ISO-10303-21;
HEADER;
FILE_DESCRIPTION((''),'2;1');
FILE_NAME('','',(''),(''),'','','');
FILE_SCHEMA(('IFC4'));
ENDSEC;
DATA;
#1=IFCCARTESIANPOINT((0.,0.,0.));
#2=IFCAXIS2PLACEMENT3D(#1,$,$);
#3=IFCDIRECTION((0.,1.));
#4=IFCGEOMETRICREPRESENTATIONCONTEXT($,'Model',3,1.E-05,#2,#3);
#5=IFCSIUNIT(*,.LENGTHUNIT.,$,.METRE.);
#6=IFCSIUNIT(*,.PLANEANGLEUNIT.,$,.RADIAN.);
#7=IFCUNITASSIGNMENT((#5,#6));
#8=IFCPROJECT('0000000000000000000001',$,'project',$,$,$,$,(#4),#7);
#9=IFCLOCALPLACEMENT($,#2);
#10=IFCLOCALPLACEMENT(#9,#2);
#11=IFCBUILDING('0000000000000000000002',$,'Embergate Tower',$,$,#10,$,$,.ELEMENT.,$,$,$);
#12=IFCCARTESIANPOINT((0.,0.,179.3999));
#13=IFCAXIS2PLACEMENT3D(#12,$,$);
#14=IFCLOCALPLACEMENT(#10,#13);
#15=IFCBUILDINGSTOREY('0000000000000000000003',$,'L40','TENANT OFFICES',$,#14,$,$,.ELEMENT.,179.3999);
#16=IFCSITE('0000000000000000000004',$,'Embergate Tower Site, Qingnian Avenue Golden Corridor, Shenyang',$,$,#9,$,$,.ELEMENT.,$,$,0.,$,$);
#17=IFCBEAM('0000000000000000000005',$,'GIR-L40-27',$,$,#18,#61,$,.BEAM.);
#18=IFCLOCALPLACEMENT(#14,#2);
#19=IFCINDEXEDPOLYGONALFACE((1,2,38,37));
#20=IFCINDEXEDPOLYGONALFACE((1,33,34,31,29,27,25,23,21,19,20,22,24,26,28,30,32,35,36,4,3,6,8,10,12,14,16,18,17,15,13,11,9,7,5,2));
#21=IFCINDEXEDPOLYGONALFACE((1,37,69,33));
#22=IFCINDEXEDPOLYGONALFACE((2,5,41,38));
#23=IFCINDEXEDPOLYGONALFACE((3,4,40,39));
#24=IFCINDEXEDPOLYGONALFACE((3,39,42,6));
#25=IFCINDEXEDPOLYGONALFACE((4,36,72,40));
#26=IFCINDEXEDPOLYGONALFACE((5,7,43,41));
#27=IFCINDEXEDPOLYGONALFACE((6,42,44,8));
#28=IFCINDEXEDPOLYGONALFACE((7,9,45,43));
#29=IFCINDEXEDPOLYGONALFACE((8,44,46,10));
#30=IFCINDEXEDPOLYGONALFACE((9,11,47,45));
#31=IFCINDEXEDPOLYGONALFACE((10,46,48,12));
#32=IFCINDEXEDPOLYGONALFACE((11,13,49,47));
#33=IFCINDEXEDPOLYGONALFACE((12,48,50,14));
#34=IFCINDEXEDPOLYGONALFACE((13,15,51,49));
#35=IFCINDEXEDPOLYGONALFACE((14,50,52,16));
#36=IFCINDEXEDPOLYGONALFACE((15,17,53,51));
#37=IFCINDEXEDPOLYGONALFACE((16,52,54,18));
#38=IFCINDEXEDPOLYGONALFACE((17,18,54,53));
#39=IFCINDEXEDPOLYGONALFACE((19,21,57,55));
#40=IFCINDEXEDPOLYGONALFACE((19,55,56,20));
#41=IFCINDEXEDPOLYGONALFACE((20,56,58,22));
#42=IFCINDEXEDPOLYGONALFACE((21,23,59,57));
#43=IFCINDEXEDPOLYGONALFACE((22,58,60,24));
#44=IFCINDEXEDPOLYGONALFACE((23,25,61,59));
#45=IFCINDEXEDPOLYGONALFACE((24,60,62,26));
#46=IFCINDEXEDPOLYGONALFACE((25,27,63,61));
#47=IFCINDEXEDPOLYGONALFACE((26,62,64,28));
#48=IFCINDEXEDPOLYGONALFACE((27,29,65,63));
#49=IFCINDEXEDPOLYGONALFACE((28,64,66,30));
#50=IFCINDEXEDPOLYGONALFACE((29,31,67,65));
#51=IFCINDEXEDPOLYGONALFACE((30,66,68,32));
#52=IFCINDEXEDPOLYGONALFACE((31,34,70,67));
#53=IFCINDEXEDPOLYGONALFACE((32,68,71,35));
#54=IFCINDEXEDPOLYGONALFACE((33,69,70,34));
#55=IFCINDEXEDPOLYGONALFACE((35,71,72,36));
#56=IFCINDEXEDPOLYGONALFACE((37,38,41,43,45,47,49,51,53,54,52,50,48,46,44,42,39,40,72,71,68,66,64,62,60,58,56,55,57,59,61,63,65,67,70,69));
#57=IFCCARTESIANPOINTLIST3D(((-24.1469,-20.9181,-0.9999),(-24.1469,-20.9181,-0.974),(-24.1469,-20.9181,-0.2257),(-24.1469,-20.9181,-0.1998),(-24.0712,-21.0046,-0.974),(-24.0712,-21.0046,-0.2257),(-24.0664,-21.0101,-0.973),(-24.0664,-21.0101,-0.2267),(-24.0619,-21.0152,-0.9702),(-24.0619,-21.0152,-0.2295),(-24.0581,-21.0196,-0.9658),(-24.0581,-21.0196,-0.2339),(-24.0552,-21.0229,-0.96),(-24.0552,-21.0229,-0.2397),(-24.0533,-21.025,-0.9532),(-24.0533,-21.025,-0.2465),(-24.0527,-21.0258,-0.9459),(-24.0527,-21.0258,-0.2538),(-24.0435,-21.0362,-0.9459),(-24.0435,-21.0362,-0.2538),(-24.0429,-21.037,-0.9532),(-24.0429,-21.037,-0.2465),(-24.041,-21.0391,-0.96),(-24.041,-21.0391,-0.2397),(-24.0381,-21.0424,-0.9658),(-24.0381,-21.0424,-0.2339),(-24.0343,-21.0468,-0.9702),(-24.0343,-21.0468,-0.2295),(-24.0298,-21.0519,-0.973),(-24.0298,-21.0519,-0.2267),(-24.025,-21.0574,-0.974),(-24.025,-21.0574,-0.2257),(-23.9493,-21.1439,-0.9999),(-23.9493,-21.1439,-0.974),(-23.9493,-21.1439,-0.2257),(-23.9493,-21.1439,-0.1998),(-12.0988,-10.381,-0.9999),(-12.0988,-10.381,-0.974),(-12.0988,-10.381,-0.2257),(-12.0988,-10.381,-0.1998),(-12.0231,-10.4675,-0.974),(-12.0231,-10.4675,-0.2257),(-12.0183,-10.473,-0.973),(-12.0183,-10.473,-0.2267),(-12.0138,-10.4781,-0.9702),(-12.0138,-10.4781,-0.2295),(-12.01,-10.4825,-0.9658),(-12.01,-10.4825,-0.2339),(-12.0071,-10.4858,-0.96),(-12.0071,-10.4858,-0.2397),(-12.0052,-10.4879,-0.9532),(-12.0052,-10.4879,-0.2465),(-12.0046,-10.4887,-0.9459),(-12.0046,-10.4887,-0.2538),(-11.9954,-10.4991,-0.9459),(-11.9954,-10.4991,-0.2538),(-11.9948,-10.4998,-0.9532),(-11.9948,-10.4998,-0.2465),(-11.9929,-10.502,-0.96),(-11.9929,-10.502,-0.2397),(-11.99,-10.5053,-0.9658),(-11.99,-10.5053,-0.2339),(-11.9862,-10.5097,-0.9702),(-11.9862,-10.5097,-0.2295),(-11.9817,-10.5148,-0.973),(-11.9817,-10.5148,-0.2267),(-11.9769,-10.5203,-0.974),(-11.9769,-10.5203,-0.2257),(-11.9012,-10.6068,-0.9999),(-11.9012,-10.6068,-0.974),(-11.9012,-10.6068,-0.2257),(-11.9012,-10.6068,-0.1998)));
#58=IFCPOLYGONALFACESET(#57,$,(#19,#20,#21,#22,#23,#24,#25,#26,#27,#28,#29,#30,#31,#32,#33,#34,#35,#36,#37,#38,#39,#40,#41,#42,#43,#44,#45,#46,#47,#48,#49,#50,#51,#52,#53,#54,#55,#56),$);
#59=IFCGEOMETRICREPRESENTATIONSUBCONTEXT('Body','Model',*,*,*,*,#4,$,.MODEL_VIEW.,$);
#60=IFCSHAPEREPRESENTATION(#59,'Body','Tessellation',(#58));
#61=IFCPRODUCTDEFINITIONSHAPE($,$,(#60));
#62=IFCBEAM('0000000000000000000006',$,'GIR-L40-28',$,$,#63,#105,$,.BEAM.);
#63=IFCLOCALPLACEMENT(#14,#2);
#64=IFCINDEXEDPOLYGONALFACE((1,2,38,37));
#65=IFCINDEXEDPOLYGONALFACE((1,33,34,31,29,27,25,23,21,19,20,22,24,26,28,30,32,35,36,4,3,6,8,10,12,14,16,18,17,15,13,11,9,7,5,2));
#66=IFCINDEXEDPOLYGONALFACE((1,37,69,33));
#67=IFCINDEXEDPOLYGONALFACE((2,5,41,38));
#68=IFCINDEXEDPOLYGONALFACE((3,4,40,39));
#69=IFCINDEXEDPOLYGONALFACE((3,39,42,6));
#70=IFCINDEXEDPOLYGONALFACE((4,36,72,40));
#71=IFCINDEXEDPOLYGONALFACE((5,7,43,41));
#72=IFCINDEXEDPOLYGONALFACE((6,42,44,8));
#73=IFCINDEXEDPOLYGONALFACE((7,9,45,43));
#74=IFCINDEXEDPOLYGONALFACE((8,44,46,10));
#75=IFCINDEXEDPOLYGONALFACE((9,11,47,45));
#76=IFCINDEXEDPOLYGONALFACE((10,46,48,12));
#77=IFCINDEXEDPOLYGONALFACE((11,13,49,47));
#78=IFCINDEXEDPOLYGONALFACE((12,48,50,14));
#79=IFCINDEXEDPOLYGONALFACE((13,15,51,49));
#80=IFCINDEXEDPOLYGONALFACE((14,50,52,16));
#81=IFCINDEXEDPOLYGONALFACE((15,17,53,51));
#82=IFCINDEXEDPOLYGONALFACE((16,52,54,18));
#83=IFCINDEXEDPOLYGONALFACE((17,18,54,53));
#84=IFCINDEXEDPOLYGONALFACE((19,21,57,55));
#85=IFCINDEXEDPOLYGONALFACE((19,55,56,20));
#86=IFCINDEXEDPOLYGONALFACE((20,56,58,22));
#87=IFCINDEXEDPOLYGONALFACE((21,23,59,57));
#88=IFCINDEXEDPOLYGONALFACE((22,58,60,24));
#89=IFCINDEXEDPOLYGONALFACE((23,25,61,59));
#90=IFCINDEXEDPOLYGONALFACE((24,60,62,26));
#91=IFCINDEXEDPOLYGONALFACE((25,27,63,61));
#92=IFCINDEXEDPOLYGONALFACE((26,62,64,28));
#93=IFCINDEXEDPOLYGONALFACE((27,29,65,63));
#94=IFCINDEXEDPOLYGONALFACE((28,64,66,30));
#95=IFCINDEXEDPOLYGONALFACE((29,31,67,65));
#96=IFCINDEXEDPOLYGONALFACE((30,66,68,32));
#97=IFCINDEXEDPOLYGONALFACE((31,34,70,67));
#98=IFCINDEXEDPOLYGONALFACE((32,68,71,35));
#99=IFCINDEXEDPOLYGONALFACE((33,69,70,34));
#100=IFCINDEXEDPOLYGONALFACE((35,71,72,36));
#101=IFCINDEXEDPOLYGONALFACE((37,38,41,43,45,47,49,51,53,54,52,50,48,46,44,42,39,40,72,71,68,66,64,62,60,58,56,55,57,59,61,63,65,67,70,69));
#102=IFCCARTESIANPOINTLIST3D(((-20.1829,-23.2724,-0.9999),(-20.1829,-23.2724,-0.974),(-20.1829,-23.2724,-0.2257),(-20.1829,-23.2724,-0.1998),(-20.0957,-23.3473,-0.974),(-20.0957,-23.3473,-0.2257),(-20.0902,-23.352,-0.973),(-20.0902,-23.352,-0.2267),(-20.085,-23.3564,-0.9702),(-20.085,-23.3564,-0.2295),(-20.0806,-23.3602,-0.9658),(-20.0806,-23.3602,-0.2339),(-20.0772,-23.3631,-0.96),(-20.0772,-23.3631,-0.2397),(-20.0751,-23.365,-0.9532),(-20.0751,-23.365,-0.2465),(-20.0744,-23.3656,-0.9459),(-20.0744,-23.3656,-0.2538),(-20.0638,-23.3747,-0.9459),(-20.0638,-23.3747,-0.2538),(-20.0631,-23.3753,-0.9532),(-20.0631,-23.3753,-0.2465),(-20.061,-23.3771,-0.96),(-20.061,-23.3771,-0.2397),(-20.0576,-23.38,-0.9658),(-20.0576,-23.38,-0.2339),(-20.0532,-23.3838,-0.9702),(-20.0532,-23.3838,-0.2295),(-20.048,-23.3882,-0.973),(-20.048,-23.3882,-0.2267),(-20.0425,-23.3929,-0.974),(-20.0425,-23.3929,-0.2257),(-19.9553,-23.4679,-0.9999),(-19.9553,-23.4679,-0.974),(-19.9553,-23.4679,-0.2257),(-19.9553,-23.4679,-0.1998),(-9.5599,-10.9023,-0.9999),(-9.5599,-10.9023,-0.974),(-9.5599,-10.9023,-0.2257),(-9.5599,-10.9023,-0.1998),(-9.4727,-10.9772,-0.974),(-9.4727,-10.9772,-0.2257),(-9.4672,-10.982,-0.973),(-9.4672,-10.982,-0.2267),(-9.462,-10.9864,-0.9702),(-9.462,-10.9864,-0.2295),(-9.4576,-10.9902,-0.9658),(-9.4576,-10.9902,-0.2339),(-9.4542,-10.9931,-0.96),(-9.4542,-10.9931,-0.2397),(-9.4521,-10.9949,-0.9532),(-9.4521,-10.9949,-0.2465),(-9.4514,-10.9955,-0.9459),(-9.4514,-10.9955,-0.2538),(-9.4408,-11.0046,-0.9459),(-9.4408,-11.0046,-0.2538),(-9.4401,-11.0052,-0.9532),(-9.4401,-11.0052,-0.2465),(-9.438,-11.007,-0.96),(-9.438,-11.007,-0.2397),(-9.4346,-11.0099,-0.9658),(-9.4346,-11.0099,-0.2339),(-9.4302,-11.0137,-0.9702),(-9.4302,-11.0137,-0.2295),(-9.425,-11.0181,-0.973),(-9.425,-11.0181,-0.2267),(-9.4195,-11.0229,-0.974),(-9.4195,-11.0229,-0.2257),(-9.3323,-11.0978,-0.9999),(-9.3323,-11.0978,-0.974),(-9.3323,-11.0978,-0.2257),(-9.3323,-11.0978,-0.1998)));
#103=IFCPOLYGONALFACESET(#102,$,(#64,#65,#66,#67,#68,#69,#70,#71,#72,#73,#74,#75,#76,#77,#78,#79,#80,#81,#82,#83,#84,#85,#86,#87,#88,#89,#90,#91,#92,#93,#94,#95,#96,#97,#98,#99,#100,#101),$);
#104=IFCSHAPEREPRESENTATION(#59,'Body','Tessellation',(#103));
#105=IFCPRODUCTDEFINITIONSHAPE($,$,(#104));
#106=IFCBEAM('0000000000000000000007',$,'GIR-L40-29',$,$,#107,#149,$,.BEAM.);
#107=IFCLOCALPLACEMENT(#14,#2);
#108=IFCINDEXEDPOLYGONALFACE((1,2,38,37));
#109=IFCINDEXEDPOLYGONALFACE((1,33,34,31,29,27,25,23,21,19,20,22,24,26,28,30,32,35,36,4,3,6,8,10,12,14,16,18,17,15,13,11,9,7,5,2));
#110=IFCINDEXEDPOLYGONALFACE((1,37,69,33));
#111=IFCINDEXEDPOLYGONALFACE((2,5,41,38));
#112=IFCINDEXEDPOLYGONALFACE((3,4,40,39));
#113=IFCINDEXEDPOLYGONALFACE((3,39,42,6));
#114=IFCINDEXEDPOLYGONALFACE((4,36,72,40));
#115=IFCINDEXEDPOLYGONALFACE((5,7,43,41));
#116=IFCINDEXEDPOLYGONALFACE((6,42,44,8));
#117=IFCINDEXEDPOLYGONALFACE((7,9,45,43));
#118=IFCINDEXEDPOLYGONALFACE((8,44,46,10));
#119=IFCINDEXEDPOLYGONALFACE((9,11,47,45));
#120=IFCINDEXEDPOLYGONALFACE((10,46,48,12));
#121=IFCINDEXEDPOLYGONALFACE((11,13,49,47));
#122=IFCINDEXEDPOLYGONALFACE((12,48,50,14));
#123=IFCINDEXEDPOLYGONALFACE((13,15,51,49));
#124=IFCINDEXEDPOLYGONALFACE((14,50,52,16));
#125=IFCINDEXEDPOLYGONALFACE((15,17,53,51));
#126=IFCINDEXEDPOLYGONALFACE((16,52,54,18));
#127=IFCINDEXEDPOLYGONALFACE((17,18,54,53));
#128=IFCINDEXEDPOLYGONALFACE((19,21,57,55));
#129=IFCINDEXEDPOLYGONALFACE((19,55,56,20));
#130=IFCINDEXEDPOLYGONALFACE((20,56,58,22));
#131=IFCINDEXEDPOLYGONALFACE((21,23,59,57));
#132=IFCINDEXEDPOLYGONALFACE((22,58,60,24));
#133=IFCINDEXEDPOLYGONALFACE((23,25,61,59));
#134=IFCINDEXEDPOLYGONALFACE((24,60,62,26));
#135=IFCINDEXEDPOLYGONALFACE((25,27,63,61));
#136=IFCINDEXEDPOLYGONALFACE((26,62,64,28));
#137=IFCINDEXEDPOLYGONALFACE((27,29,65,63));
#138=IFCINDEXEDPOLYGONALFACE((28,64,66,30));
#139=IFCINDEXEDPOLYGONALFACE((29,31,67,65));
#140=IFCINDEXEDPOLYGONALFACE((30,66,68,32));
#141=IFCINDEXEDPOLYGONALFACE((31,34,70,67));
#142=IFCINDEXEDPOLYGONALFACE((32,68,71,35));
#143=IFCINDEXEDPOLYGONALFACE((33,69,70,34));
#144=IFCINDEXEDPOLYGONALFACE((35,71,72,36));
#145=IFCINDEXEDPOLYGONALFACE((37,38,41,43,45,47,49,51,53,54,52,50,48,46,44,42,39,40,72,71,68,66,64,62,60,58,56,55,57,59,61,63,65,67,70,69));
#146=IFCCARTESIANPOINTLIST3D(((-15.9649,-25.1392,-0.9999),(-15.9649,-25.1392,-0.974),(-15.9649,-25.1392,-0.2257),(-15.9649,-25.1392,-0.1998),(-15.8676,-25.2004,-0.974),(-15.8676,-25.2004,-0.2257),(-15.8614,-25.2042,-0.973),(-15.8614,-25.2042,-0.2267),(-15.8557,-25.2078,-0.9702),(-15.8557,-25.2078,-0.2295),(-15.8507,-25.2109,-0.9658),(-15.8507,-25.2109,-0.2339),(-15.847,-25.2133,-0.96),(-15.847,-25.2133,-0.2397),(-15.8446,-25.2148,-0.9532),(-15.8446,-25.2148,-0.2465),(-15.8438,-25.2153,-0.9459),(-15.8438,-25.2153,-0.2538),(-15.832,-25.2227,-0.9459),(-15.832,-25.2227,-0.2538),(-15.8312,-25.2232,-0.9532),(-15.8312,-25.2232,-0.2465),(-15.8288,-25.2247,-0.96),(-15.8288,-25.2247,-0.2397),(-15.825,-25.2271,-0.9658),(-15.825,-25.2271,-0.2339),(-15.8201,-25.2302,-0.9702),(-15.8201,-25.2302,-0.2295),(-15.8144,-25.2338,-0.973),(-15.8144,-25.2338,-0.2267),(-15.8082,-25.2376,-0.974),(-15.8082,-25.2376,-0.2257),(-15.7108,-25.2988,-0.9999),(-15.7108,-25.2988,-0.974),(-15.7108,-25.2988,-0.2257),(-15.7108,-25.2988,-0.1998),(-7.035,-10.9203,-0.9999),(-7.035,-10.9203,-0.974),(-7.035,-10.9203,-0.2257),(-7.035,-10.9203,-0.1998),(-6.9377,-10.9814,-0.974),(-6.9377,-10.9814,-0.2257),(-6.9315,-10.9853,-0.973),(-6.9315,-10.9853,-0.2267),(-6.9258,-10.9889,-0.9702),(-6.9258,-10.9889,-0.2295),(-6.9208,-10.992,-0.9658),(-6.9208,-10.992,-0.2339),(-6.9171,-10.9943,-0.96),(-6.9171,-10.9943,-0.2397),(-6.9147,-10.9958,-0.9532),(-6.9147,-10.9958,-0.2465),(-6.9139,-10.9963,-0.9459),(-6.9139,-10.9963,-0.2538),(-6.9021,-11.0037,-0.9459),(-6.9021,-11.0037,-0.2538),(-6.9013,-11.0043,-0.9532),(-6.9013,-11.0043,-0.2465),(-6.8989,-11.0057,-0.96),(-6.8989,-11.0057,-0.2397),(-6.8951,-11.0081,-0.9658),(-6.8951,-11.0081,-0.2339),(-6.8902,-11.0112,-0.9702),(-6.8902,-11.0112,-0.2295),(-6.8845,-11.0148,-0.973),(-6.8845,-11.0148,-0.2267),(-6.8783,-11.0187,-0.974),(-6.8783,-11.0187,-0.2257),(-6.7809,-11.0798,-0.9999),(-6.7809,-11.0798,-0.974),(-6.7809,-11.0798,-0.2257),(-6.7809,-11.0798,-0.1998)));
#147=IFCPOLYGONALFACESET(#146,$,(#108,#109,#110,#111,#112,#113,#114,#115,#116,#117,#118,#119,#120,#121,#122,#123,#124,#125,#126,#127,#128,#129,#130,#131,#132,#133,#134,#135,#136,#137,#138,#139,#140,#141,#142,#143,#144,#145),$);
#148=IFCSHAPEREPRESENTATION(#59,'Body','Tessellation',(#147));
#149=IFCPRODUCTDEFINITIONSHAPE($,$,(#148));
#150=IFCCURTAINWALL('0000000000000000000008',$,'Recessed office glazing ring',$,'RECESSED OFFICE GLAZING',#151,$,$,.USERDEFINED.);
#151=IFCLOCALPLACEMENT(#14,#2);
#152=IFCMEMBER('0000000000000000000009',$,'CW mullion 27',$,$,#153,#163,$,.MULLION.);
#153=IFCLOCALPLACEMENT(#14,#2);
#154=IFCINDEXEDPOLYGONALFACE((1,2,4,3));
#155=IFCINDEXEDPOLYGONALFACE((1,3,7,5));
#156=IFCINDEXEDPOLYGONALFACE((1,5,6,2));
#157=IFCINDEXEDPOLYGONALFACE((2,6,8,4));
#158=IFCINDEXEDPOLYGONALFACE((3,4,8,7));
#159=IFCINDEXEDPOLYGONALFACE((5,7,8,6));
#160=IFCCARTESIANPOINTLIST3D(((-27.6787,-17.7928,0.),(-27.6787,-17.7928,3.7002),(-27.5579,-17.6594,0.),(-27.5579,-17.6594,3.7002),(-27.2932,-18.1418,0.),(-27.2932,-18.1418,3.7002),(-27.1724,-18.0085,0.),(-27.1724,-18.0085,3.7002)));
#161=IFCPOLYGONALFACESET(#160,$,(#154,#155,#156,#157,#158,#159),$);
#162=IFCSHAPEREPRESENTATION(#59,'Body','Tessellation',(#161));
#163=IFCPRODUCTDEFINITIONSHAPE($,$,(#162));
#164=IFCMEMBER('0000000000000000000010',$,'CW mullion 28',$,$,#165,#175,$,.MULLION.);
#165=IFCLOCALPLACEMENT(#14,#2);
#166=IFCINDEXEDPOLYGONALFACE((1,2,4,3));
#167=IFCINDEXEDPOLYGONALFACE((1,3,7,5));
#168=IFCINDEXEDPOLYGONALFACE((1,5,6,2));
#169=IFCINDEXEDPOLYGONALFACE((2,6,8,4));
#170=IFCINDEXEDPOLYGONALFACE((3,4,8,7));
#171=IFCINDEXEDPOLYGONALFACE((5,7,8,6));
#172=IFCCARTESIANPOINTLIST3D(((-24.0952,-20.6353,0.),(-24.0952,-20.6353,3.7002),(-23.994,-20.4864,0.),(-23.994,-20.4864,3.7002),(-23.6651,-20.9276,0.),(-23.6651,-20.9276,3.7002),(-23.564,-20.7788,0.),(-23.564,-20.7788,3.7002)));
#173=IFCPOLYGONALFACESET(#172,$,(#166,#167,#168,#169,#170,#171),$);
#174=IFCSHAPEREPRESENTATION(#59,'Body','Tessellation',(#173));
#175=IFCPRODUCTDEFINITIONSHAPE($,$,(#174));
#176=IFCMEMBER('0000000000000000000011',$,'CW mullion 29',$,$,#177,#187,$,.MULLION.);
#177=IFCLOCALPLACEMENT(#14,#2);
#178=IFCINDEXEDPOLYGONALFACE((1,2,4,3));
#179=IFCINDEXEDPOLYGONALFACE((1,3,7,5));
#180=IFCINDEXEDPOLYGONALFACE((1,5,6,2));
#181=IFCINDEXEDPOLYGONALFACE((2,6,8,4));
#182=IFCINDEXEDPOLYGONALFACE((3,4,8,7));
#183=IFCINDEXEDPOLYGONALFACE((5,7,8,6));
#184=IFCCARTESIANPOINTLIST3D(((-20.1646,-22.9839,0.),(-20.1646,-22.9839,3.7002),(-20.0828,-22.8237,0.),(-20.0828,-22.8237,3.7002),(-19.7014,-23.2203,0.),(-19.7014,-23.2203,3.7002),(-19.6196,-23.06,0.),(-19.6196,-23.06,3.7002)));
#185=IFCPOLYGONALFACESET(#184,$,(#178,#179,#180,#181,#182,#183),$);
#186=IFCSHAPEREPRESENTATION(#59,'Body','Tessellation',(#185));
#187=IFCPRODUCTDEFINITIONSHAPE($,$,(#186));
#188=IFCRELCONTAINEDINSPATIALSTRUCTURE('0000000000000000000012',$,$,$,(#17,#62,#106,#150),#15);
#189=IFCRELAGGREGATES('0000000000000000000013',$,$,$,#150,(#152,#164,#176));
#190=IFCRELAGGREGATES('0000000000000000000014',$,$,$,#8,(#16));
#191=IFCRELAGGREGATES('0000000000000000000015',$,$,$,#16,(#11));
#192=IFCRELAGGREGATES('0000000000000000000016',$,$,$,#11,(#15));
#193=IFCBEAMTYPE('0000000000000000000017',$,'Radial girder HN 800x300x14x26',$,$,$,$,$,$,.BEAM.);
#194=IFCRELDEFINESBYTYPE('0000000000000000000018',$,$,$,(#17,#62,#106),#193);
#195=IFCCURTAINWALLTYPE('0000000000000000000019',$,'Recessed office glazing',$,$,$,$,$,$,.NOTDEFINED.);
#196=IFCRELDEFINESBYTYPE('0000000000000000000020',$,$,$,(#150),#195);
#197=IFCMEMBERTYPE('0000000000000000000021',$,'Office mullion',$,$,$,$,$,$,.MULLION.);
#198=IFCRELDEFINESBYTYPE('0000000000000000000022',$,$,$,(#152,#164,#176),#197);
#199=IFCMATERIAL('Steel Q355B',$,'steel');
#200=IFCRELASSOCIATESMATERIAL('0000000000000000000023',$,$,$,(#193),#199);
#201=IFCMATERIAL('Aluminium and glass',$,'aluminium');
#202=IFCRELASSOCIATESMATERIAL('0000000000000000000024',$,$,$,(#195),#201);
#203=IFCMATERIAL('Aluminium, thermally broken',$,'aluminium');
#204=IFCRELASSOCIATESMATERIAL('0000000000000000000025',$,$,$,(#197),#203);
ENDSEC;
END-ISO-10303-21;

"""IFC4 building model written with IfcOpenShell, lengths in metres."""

from ifc_helpers import new_model, si_unit, direction, frame, origin, origin_2d, place, context, subcontext, project, spatial, rectangle, i_section, extrude, source, transform, mapped, material, material_profile, profile_set, type_object, element, aggregate, save


model = new_model("IFC4")

# Units and contexts
model_context = context("Model", 3, precision=1e-05, world=origin(), true_north=direction((0.0, 1.0)))
body_context = subcontext(model_context, "Body", "Model", "MODEL_VIEW")
ifc_project = project(units=[si_unit("LENGTHUNIT", "METRE"), si_unit("PLANEANGLEUNIT", "RADIAN")], contexts=[model_context])

# Site, building, storey
site_placement = place(None, origin())
site = spatial("IfcSite", under=ifc_project, at=site_placement, Name="Embergate Tower Site, Qingnian Avenue Golden Corridor, Shenyang", CompositionType="ELEMENT", RefElevation=0.0)
building_placement = place(site_placement, origin())
building = spatial("IfcBuilding", under=site, at=building_placement, Name="Embergate Tower", CompositionType="ELEMENT")
storey_placement = place(building_placement, frame((0.0, 0.0, 179.3999)))
storey = spatial("IfcBuildingStorey", under=building, at=storey_placement, Name="L40", Description="TENANT OFFICES", CompositionType="ELEMENT", Elevation=179.3999)

# Beams
ifc_material_1 = material(Name="Steel Q355B", Category="steel")
ifc_material_profile_1 = material_profile(ifc_material_1, i_section(OverallWidth=0.3, OverallDepth=0.8, WebThickness=0.0139, FlangeThickness=0.0259, FilletRadius=0.0281, at=origin_2d()), Name="HN 800x300x14x26")
ifc_profile_set_1 = profile_set([ifc_material_profile_1], Name="Steel Q355 grade B")
beam_type_1 = type_object("IfcBeamType", Name="Radial girder HN 800x300x14x26", PredefinedType="BEAM", material=ifc_profile_set_1)
shared_shape_1 = source(origin(), body_context, "Body", "SweptSolid", [
    extrude(i_section(OverallWidth=0.3, OverallDepth=0.8, WebThickness=0.0139, FlangeThickness=0.0259, FilletRadius=0.0281, at=origin_2d()), origin(), (0.0, 0.0, 1.0), 16.0059),
])
beam_1_placement = place(storey_placement, frame((-24.0481, -21.031, -0.5999), z_axis=(0.752731, 0.658329, 0.0), x_axis=(-0.658329, 0.752731, 0.0)))
element("IfcBeam", 1, at=beam_1_placement, inside=storey, type_object=beam_type_1, Name="GIR-L40-27", PredefinedType="BEAM", context=body_context, shape_type="MappedRepresentation", body=[
    mapped(shared_shape_1, transform((0.0, 0.0, 0.0))),
])
shared_shape_2 = source(origin(), body_context, "Body", "SweptSolid", [
    extrude(i_section(OverallWidth=0.3, OverallDepth=0.8, WebThickness=0.0139, FlangeThickness=0.0259, FilletRadius=0.0281, at=origin_2d()), origin(), (0.0, 0.0, 1.0), 16.3054),
])
beam_2_placement = place(storey_placement, frame((-20.0691, -23.3701, -0.5999), z_axis=(0.651501, 0.758647, 0.0), x_axis=(-0.758647, 0.651501, 0.0)))
element("IfcBeam", 2, at=beam_2_placement, inside=storey, type_object=beam_type_1, Name="GIR-L40-28", PredefinedType="BEAM", context=body_context, shape_type="MappedRepresentation", body=[
    mapped(shared_shape_2, transform((0.0, 0.0, 0.0))),
])
shared_shape_3 = source(origin(), body_context, "Body", "SweptSolid", [
    extrude(i_section(OverallWidth=0.3, OverallDepth=0.8, WebThickness=0.0139, FlangeThickness=0.0259, FilletRadius=0.0281, at=origin_2d()), origin(), (0.0, 0.0, 1.0), 16.7905),
])
beam_3_placement = place(storey_placement, frame((-15.8379, -25.219, -0.5999), z_axis=(0.531842, 0.846844, 0.0), x_axis=(-0.846844, 0.531842, 0.0)))
element("IfcBeam", 3, at=beam_3_placement, inside=storey, type_object=beam_type_1, Name="GIR-L40-29", PredefinedType="BEAM", context=body_context, shape_type="MappedRepresentation", body=[
    mapped(shared_shape_3, transform((0.0, 0.0, 0.0))),
])

# Curtain wall, members
ifc_material_2 = material(Name="Aluminium and glass", Category="aluminium")
curtain_wall_type = type_object("IfcCurtainWallType", Name="Recessed office glazing", PredefinedType="NOTDEFINED", material=ifc_material_2)
curtain_wall_placement = place(storey_placement, origin())
curtain_wall = element("IfcCurtainWall", 4, at=curtain_wall_placement, inside=storey, type_object=curtain_wall_type, Name="Recessed office glazing ring", ObjectType="RECESSED OFFICE GLAZING", PredefinedType="USERDEFINED")
ifc_material_3 = material(Name="Aluminium, thermally broken", Category="aluminium")
ifc_material_profile_2 = material_profile(ifc_material_3, rectangle(XDim=0.1799, YDim=0.52, at=origin_2d()), Name="AL 520x180")
ifc_profile_set_2 = profile_set([ifc_material_profile_2], Name="Aluminium, thermally broken")
member_type_1 = type_object("IfcMemberType", Name="Office mullion", PredefinedType="MULLION", material=ifc_profile_set_2)
shared_shape_4 = source(origin(), body_context, "Body", "SweptSolid", [
    extrude(rectangle(XDim=0.1799, YDim=0.52, at=origin_2d()), origin(), (0.0, 0.0, 1.0), 3.7002),
])
member_1_placement = place(storey_placement, frame((-27.4255, -17.9006, 0.0), z_axis=(0.0, 0.0, 1.0), x_axis=(0.671221, 0.741257, 0.0)))
member_1 = element("IfcMember", 5, at=member_1_placement, type_object=member_type_1, Name="CW mullion 27", PredefinedType="MULLION", context=body_context, shape_type="MappedRepresentation", body=[
    mapped(shared_shape_4, transform((0.0, 0.0, 0.0))),
])
member_2_placement = place(storey_placement, frame((-23.8296, -20.707, 0.0), z_axis=(0.0, 0.0, 1.0), x_axis=(0.56221, 0.826994, 0.0)))
member_2 = element("IfcMember", 6, at=member_2_placement, type_object=member_type_1, Name="CW mullion 28", PredefinedType="MULLION", context=body_context, shape_type="MappedRepresentation", body=[
    mapped(shared_shape_4, transform((0.0, 0.0, 0.0))),
])
member_3_placement = place(storey_placement, frame((-19.8921, -23.022, 0.0), z_axis=(0.0, 0.0, 1.0), x_axis=(0.454505, 0.890744, 0.0)))
member_3 = element("IfcMember", 7, at=member_3_placement, type_object=member_type_1, Name="CW mullion 29", PredefinedType="MULLION", context=body_context, shape_type="MappedRepresentation", body=[
    mapped(shared_shape_4, transform((0.0, 0.0, 0.0))),
])
aggregate(curtain_wall, [member_1, member_2, member_3])

save(model, "model.ifc")
